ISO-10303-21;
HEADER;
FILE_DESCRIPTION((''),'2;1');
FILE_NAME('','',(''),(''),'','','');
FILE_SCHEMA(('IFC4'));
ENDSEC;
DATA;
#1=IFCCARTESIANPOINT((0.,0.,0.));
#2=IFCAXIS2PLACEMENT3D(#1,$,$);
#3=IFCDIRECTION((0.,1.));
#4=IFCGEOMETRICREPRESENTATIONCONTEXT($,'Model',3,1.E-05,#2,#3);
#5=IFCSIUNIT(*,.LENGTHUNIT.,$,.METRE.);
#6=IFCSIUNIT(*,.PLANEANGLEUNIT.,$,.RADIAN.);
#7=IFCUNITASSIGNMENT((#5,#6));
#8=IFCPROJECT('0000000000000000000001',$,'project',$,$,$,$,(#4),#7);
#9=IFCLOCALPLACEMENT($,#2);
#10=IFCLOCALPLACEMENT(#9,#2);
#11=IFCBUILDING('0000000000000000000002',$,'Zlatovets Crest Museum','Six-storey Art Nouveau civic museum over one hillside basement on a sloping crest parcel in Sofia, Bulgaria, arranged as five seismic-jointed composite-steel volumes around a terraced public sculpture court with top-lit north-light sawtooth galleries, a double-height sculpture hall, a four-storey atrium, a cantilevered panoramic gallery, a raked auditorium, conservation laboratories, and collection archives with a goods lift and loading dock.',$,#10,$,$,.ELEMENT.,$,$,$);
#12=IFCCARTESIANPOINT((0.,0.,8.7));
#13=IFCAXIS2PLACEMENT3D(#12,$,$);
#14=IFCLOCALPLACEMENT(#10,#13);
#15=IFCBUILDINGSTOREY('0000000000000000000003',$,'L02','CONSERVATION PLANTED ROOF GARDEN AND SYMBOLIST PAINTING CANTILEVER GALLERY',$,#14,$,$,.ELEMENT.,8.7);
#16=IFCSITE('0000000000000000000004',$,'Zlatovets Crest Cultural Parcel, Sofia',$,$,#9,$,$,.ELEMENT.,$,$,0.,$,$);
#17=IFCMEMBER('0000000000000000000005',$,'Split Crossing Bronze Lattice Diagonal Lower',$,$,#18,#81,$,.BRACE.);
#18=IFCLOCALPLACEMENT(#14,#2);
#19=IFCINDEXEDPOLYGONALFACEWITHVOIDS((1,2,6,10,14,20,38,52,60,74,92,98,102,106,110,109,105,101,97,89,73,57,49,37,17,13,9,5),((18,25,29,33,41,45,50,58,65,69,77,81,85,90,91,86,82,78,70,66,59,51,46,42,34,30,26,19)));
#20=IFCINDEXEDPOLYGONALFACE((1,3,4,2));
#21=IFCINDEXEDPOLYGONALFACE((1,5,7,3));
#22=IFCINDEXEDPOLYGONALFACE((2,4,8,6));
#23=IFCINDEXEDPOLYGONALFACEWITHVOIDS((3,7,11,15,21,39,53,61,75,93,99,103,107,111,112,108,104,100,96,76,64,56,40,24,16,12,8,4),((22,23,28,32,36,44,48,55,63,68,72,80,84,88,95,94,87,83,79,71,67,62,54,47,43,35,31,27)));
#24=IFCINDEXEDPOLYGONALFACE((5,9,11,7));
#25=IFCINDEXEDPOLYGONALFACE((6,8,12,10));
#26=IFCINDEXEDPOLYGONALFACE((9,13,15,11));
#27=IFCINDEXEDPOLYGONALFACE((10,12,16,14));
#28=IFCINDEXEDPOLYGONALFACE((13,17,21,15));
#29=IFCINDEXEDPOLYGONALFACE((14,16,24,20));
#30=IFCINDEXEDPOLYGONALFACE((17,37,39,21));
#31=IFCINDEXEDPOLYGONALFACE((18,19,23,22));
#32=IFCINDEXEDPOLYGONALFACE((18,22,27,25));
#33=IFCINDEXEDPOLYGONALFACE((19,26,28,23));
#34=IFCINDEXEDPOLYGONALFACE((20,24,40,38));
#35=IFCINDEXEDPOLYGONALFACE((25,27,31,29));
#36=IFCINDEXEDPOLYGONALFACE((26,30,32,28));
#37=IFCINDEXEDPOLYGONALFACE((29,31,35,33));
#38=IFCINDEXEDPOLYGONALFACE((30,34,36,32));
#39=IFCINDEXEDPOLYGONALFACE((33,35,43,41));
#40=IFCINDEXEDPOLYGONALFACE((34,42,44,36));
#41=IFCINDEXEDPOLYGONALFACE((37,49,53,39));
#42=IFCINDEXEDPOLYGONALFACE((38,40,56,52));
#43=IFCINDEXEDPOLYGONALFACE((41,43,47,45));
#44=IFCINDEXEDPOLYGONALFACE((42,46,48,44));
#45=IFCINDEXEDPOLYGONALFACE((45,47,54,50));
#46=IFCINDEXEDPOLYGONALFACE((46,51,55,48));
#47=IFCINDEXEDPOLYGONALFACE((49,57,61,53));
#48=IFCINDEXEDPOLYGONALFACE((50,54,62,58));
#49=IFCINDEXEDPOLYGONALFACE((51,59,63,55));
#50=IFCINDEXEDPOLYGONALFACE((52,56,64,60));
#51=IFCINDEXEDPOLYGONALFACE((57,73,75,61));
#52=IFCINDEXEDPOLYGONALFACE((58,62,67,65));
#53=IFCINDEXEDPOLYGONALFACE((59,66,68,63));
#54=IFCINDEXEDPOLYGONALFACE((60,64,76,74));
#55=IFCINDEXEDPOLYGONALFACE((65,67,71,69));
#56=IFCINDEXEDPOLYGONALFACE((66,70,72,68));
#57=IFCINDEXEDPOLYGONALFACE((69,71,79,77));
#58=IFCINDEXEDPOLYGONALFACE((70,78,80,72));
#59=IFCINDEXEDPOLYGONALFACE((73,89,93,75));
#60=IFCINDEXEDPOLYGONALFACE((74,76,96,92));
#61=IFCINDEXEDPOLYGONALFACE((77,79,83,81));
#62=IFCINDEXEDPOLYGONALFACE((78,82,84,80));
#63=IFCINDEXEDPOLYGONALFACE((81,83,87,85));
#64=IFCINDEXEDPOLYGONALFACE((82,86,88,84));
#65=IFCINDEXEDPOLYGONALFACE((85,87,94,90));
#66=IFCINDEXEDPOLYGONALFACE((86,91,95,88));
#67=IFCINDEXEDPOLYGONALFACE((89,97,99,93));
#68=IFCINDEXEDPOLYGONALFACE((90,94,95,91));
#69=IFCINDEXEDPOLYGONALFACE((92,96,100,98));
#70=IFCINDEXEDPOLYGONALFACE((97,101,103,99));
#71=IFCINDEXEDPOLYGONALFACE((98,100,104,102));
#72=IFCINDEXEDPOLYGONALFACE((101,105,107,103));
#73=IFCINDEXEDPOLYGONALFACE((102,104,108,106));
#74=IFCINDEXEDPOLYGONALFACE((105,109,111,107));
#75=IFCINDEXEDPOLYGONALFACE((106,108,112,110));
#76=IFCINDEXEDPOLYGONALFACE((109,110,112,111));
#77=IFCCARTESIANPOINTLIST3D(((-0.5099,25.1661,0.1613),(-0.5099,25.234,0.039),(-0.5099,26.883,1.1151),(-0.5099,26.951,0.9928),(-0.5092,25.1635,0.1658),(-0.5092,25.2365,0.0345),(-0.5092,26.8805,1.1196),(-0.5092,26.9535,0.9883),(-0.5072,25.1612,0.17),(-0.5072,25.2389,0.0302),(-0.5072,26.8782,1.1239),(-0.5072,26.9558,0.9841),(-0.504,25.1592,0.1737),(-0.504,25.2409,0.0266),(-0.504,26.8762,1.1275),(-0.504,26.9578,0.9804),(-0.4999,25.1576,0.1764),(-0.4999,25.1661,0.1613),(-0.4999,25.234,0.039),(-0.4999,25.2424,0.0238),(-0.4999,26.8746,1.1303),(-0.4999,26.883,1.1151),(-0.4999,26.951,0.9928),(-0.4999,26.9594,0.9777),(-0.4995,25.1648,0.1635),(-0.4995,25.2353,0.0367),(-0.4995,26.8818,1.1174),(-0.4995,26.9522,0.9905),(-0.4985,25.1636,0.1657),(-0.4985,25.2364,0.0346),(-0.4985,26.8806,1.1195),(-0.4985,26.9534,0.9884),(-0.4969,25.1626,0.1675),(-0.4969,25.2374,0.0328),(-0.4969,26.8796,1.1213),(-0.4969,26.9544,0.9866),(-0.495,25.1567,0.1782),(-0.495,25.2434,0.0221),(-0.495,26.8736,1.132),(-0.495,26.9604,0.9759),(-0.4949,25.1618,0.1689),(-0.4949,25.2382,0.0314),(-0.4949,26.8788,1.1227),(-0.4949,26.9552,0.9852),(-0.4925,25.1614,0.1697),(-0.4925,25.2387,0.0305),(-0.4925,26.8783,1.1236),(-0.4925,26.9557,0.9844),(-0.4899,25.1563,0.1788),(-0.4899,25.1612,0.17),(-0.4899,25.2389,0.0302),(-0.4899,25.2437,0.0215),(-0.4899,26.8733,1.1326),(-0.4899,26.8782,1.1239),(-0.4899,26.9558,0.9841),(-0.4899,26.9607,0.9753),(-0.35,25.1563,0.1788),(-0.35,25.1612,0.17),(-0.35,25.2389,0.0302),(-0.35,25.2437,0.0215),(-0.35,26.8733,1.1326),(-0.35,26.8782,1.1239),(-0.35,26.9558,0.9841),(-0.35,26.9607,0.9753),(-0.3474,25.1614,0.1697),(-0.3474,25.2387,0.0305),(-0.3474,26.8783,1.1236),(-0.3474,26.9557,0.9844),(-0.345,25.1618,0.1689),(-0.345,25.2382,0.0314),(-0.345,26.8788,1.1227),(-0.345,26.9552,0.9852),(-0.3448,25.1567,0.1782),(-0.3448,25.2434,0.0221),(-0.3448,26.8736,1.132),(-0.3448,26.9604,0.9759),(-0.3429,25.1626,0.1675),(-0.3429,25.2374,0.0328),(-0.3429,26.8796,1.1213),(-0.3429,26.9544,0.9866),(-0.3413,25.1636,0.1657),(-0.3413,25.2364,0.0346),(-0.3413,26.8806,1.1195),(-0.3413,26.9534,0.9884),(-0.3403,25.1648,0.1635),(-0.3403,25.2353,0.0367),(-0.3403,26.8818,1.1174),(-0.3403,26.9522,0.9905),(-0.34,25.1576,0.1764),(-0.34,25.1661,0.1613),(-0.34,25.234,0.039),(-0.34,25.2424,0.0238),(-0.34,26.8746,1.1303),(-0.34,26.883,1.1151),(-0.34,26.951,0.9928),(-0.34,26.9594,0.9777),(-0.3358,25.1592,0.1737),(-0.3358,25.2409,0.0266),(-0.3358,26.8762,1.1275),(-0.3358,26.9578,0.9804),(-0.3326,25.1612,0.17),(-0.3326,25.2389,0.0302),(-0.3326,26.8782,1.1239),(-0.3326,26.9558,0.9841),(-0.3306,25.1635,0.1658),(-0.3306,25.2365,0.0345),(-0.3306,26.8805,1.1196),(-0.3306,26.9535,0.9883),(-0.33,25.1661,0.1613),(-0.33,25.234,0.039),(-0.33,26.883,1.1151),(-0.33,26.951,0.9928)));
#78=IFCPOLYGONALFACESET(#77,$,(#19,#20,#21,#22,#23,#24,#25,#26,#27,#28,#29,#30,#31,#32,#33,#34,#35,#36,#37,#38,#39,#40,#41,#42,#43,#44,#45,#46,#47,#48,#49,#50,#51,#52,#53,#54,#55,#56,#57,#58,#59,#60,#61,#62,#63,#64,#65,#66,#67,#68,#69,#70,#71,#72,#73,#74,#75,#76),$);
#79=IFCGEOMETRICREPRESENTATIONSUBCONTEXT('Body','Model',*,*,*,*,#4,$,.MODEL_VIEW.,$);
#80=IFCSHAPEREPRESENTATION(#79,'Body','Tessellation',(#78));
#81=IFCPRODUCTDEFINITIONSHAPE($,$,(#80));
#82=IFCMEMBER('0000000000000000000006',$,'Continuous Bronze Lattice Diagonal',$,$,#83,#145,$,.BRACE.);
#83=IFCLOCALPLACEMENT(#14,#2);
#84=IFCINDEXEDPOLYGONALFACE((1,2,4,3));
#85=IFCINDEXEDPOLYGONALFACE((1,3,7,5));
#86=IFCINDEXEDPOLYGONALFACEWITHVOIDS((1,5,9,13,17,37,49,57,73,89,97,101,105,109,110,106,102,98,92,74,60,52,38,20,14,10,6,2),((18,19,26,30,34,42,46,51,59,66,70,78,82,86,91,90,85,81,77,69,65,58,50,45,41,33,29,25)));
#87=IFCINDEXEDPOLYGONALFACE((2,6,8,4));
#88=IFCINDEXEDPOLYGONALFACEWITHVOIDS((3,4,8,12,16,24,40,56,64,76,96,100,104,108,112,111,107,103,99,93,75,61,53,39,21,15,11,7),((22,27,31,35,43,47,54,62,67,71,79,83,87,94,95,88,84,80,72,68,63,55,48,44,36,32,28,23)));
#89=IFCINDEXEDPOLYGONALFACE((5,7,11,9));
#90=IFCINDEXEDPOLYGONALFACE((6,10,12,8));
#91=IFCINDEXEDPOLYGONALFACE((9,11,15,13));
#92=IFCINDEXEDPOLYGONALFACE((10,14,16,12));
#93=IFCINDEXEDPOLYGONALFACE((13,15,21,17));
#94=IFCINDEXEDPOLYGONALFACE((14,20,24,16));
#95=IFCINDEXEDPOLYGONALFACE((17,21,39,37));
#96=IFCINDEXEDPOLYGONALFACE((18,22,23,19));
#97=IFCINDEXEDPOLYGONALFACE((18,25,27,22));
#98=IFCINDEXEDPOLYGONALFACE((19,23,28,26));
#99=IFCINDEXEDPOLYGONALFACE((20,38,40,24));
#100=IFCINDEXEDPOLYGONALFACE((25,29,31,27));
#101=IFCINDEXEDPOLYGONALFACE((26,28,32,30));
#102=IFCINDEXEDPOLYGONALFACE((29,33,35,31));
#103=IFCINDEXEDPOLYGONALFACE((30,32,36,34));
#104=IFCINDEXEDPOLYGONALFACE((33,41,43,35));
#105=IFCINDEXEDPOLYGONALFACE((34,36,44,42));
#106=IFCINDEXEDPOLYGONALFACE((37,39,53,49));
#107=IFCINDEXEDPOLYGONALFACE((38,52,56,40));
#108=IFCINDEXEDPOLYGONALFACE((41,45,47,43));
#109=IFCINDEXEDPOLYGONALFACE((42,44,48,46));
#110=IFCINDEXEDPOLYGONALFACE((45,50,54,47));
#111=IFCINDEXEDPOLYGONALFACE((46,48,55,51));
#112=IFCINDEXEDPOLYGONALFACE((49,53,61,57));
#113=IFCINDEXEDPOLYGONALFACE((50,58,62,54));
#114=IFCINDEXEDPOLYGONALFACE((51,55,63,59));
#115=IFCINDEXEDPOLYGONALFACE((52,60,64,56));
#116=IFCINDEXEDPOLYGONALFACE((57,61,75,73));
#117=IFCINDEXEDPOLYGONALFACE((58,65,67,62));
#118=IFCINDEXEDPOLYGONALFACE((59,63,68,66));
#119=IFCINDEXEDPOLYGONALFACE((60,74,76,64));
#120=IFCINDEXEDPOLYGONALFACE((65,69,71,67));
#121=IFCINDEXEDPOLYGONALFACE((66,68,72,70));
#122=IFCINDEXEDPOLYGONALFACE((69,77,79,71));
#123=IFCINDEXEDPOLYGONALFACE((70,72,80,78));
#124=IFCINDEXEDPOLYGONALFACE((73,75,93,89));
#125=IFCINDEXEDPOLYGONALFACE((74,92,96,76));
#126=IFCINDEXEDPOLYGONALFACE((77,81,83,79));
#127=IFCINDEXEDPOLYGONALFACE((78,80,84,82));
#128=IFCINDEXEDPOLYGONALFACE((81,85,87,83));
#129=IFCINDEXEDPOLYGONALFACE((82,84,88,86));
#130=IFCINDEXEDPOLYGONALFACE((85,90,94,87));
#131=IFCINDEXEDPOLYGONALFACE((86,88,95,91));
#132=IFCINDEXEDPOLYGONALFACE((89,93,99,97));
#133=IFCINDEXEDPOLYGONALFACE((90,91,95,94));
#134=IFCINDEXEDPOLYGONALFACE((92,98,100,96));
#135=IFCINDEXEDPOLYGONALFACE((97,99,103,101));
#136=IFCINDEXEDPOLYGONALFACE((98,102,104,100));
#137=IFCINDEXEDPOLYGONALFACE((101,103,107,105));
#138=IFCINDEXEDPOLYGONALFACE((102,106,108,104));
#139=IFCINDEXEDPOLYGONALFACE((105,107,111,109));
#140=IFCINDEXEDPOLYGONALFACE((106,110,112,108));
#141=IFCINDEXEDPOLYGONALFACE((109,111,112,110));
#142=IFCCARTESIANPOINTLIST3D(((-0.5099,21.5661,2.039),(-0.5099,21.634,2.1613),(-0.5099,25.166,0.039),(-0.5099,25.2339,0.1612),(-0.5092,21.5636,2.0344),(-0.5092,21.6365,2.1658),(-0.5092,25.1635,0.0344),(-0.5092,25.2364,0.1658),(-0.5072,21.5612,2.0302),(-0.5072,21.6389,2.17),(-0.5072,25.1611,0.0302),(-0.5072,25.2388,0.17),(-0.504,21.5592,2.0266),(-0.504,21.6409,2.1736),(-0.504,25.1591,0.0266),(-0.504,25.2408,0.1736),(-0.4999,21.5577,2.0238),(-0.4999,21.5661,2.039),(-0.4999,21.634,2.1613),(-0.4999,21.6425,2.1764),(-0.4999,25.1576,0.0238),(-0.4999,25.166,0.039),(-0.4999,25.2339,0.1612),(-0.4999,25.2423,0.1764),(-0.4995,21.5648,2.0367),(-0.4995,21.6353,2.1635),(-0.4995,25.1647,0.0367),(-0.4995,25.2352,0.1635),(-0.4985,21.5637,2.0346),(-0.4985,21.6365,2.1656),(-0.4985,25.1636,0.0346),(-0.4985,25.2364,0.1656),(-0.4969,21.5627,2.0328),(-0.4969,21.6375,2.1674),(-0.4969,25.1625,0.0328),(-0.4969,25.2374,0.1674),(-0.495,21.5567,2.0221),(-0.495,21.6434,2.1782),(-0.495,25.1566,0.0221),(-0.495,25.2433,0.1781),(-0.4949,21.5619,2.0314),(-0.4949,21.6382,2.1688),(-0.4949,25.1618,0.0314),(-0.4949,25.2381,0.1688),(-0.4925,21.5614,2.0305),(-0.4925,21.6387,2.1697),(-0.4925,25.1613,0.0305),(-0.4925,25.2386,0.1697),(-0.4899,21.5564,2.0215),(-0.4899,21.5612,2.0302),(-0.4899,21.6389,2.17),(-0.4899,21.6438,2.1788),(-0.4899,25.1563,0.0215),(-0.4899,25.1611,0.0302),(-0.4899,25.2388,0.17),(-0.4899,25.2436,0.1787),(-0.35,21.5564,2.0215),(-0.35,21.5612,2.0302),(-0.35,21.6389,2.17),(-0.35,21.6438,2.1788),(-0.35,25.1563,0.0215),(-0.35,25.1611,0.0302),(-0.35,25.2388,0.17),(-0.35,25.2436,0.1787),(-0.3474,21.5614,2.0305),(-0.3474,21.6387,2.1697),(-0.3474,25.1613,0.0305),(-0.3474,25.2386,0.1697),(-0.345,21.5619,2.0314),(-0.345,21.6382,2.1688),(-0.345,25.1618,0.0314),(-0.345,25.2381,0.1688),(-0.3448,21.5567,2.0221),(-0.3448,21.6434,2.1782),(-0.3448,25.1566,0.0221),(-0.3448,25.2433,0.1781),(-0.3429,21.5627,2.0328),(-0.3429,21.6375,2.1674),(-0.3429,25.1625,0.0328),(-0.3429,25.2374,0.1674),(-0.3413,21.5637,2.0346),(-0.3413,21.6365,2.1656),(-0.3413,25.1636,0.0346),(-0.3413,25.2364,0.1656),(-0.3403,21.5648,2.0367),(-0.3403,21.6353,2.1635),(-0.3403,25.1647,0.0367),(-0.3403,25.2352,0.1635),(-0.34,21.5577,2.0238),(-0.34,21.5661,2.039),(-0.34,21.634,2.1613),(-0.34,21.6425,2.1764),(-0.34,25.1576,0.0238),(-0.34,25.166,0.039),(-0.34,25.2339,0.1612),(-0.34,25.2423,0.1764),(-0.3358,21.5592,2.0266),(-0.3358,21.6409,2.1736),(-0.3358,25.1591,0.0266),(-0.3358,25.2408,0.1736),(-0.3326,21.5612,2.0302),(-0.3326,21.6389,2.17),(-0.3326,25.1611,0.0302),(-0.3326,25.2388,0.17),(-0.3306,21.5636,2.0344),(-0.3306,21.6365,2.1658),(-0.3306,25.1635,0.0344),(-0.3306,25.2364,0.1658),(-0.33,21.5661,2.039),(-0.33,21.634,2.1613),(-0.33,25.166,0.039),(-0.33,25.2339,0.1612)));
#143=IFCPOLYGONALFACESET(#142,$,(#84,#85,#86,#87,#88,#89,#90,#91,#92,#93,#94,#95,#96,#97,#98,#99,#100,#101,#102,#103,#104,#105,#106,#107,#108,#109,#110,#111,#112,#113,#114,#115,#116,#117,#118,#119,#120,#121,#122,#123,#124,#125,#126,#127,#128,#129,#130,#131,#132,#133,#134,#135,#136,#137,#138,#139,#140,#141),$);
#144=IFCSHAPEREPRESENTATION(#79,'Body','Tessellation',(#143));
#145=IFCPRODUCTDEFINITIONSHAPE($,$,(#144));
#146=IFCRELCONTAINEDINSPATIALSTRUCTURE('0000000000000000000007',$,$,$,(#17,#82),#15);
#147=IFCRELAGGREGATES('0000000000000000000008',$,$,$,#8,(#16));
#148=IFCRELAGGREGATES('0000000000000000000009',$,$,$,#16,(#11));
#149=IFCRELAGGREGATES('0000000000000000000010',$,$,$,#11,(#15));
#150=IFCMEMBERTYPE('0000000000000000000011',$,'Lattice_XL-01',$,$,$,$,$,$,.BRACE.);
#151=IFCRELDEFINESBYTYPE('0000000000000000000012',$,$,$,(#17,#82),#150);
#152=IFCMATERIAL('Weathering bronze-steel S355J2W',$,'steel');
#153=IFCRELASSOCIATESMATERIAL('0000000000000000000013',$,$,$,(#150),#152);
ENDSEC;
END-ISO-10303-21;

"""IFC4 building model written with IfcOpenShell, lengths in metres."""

from ifc_helpers import new_model, si_unit, direction, frame, origin, origin_2d, place, context, subcontext, project, spatial, hollow_rectangle, extrude, material, material_profile, profile_set, type_object, element, save


model = new_model("IFC4")

# Units and contexts
model_context = context("Model", 3, precision=1e-05, world=origin(), true_north=direction((0.0, 1.0)))
body_context = subcontext(model_context, "Body", "Model", "MODEL_VIEW")
ifc_project = project(units=[si_unit("LENGTHUNIT", "METRE"), si_unit("PLANEANGLEUNIT", "RADIAN")], contexts=[model_context])

# Site, building, storey
site_placement = place(None, origin())
site = spatial("IfcSite", under=ifc_project, at=site_placement, Name="Zlatovets Crest Cultural Parcel, Sofia", CompositionType="ELEMENT", RefElevation=0.0)
building_placement = place(site_placement, origin())
building = spatial("IfcBuilding", under=site, at=building_placement, Name="Zlatovets Crest Museum", Description="Six-storey Art Nouveau civic museum over one hillside basement on a sloping crest parcel in Sofia, Bulgaria, arranged as five seismic-jointed composite-steel volumes around a terraced public sculpture court with top-lit north-light sawtooth galleries, a double-height sculpture hall, a four-storey atrium, a cantilevered panoramic gallery, a raked auditorium, conservation laboratories, and collection archives with a goods lift and loading dock.", CompositionType="ELEMENT")
storey_placement = place(building_placement, frame((0.0, 0.0, 8.7)))
storey = spatial("IfcBuildingStorey", under=building, at=storey_placement, Name="L02", Description="CONSERVATION PLANTED ROOF GARDEN AND SYMBOLIST PAINTING CANTILEVER GALLERY", CompositionType="ELEMENT", Elevation=8.7)

# Members
ifc_material_1 = material(Name="Weathering bronze-steel S355J2W", Category="steel")
ifc_material_profile_1 = material_profile(ifc_material_1, hollow_rectangle(XDim=0.1799, YDim=0.1799, WallThickness=0.01, InnerFilletRadius=0.01, OuterFilletRadius=0.02, at=origin_2d()), Name="SHS 180x180x10.0")
ifc_profile_set_1 = profile_set([ifc_material_profile_1], Name="Weathering bronze-steel S355J2W")
member_type_1 = type_object("IfcMemberType", Name="Lattice_XL-01", PredefinedType="BRACE", material=ifc_profile_set_1)
for number, where, z_axis, x_axis, name in (
    (1, (-0.4199, 26.917, 1.054), (0.0, -0.874169, -0.485622), (1.0, 0.0, 0.0), "Split Crossing Bronze Lattice Diagonal Lower"),
):
    element("IfcMember", number, at=place(storey_placement, frame(where, z_axis=z_axis, x_axis=x_axis)), inside=storey, type_object=member_type_1, Name=name, PredefinedType="BRACE", context=body_context, shape_type="SweptSolid", body=[
        extrude(hollow_rectangle(XDim=0.1799, YDim=0.1799, WallThickness=0.01, InnerFilletRadius=0.01, OuterFilletRadius=0.02, at=origin_2d()), origin(), (0.0, 0.0, 1.0), 1.9641),
    ])
member_1_placement = place(storey_placement, frame((-0.4199, 25.2, 0.1001), z_axis=(0.0, -0.874149, 0.485658), x_axis=(1.0, 0.0, 0.0)))
element("IfcMember", 2, at=member_1_placement, inside=storey, type_object=member_type_1, Name="Continuous Bronze Lattice Diagonal", PredefinedType="BRACE", context=body_context, shape_type="SweptSolid", body=[
    extrude(hollow_rectangle(XDim=0.1799, YDim=0.1799, WallThickness=0.01, InnerFilletRadius=0.01, OuterFilletRadius=0.02, at=origin_2d()), origin(), (0.0, 0.0, 1.0), 4.1182),
])

save(model, "model.ifc")
